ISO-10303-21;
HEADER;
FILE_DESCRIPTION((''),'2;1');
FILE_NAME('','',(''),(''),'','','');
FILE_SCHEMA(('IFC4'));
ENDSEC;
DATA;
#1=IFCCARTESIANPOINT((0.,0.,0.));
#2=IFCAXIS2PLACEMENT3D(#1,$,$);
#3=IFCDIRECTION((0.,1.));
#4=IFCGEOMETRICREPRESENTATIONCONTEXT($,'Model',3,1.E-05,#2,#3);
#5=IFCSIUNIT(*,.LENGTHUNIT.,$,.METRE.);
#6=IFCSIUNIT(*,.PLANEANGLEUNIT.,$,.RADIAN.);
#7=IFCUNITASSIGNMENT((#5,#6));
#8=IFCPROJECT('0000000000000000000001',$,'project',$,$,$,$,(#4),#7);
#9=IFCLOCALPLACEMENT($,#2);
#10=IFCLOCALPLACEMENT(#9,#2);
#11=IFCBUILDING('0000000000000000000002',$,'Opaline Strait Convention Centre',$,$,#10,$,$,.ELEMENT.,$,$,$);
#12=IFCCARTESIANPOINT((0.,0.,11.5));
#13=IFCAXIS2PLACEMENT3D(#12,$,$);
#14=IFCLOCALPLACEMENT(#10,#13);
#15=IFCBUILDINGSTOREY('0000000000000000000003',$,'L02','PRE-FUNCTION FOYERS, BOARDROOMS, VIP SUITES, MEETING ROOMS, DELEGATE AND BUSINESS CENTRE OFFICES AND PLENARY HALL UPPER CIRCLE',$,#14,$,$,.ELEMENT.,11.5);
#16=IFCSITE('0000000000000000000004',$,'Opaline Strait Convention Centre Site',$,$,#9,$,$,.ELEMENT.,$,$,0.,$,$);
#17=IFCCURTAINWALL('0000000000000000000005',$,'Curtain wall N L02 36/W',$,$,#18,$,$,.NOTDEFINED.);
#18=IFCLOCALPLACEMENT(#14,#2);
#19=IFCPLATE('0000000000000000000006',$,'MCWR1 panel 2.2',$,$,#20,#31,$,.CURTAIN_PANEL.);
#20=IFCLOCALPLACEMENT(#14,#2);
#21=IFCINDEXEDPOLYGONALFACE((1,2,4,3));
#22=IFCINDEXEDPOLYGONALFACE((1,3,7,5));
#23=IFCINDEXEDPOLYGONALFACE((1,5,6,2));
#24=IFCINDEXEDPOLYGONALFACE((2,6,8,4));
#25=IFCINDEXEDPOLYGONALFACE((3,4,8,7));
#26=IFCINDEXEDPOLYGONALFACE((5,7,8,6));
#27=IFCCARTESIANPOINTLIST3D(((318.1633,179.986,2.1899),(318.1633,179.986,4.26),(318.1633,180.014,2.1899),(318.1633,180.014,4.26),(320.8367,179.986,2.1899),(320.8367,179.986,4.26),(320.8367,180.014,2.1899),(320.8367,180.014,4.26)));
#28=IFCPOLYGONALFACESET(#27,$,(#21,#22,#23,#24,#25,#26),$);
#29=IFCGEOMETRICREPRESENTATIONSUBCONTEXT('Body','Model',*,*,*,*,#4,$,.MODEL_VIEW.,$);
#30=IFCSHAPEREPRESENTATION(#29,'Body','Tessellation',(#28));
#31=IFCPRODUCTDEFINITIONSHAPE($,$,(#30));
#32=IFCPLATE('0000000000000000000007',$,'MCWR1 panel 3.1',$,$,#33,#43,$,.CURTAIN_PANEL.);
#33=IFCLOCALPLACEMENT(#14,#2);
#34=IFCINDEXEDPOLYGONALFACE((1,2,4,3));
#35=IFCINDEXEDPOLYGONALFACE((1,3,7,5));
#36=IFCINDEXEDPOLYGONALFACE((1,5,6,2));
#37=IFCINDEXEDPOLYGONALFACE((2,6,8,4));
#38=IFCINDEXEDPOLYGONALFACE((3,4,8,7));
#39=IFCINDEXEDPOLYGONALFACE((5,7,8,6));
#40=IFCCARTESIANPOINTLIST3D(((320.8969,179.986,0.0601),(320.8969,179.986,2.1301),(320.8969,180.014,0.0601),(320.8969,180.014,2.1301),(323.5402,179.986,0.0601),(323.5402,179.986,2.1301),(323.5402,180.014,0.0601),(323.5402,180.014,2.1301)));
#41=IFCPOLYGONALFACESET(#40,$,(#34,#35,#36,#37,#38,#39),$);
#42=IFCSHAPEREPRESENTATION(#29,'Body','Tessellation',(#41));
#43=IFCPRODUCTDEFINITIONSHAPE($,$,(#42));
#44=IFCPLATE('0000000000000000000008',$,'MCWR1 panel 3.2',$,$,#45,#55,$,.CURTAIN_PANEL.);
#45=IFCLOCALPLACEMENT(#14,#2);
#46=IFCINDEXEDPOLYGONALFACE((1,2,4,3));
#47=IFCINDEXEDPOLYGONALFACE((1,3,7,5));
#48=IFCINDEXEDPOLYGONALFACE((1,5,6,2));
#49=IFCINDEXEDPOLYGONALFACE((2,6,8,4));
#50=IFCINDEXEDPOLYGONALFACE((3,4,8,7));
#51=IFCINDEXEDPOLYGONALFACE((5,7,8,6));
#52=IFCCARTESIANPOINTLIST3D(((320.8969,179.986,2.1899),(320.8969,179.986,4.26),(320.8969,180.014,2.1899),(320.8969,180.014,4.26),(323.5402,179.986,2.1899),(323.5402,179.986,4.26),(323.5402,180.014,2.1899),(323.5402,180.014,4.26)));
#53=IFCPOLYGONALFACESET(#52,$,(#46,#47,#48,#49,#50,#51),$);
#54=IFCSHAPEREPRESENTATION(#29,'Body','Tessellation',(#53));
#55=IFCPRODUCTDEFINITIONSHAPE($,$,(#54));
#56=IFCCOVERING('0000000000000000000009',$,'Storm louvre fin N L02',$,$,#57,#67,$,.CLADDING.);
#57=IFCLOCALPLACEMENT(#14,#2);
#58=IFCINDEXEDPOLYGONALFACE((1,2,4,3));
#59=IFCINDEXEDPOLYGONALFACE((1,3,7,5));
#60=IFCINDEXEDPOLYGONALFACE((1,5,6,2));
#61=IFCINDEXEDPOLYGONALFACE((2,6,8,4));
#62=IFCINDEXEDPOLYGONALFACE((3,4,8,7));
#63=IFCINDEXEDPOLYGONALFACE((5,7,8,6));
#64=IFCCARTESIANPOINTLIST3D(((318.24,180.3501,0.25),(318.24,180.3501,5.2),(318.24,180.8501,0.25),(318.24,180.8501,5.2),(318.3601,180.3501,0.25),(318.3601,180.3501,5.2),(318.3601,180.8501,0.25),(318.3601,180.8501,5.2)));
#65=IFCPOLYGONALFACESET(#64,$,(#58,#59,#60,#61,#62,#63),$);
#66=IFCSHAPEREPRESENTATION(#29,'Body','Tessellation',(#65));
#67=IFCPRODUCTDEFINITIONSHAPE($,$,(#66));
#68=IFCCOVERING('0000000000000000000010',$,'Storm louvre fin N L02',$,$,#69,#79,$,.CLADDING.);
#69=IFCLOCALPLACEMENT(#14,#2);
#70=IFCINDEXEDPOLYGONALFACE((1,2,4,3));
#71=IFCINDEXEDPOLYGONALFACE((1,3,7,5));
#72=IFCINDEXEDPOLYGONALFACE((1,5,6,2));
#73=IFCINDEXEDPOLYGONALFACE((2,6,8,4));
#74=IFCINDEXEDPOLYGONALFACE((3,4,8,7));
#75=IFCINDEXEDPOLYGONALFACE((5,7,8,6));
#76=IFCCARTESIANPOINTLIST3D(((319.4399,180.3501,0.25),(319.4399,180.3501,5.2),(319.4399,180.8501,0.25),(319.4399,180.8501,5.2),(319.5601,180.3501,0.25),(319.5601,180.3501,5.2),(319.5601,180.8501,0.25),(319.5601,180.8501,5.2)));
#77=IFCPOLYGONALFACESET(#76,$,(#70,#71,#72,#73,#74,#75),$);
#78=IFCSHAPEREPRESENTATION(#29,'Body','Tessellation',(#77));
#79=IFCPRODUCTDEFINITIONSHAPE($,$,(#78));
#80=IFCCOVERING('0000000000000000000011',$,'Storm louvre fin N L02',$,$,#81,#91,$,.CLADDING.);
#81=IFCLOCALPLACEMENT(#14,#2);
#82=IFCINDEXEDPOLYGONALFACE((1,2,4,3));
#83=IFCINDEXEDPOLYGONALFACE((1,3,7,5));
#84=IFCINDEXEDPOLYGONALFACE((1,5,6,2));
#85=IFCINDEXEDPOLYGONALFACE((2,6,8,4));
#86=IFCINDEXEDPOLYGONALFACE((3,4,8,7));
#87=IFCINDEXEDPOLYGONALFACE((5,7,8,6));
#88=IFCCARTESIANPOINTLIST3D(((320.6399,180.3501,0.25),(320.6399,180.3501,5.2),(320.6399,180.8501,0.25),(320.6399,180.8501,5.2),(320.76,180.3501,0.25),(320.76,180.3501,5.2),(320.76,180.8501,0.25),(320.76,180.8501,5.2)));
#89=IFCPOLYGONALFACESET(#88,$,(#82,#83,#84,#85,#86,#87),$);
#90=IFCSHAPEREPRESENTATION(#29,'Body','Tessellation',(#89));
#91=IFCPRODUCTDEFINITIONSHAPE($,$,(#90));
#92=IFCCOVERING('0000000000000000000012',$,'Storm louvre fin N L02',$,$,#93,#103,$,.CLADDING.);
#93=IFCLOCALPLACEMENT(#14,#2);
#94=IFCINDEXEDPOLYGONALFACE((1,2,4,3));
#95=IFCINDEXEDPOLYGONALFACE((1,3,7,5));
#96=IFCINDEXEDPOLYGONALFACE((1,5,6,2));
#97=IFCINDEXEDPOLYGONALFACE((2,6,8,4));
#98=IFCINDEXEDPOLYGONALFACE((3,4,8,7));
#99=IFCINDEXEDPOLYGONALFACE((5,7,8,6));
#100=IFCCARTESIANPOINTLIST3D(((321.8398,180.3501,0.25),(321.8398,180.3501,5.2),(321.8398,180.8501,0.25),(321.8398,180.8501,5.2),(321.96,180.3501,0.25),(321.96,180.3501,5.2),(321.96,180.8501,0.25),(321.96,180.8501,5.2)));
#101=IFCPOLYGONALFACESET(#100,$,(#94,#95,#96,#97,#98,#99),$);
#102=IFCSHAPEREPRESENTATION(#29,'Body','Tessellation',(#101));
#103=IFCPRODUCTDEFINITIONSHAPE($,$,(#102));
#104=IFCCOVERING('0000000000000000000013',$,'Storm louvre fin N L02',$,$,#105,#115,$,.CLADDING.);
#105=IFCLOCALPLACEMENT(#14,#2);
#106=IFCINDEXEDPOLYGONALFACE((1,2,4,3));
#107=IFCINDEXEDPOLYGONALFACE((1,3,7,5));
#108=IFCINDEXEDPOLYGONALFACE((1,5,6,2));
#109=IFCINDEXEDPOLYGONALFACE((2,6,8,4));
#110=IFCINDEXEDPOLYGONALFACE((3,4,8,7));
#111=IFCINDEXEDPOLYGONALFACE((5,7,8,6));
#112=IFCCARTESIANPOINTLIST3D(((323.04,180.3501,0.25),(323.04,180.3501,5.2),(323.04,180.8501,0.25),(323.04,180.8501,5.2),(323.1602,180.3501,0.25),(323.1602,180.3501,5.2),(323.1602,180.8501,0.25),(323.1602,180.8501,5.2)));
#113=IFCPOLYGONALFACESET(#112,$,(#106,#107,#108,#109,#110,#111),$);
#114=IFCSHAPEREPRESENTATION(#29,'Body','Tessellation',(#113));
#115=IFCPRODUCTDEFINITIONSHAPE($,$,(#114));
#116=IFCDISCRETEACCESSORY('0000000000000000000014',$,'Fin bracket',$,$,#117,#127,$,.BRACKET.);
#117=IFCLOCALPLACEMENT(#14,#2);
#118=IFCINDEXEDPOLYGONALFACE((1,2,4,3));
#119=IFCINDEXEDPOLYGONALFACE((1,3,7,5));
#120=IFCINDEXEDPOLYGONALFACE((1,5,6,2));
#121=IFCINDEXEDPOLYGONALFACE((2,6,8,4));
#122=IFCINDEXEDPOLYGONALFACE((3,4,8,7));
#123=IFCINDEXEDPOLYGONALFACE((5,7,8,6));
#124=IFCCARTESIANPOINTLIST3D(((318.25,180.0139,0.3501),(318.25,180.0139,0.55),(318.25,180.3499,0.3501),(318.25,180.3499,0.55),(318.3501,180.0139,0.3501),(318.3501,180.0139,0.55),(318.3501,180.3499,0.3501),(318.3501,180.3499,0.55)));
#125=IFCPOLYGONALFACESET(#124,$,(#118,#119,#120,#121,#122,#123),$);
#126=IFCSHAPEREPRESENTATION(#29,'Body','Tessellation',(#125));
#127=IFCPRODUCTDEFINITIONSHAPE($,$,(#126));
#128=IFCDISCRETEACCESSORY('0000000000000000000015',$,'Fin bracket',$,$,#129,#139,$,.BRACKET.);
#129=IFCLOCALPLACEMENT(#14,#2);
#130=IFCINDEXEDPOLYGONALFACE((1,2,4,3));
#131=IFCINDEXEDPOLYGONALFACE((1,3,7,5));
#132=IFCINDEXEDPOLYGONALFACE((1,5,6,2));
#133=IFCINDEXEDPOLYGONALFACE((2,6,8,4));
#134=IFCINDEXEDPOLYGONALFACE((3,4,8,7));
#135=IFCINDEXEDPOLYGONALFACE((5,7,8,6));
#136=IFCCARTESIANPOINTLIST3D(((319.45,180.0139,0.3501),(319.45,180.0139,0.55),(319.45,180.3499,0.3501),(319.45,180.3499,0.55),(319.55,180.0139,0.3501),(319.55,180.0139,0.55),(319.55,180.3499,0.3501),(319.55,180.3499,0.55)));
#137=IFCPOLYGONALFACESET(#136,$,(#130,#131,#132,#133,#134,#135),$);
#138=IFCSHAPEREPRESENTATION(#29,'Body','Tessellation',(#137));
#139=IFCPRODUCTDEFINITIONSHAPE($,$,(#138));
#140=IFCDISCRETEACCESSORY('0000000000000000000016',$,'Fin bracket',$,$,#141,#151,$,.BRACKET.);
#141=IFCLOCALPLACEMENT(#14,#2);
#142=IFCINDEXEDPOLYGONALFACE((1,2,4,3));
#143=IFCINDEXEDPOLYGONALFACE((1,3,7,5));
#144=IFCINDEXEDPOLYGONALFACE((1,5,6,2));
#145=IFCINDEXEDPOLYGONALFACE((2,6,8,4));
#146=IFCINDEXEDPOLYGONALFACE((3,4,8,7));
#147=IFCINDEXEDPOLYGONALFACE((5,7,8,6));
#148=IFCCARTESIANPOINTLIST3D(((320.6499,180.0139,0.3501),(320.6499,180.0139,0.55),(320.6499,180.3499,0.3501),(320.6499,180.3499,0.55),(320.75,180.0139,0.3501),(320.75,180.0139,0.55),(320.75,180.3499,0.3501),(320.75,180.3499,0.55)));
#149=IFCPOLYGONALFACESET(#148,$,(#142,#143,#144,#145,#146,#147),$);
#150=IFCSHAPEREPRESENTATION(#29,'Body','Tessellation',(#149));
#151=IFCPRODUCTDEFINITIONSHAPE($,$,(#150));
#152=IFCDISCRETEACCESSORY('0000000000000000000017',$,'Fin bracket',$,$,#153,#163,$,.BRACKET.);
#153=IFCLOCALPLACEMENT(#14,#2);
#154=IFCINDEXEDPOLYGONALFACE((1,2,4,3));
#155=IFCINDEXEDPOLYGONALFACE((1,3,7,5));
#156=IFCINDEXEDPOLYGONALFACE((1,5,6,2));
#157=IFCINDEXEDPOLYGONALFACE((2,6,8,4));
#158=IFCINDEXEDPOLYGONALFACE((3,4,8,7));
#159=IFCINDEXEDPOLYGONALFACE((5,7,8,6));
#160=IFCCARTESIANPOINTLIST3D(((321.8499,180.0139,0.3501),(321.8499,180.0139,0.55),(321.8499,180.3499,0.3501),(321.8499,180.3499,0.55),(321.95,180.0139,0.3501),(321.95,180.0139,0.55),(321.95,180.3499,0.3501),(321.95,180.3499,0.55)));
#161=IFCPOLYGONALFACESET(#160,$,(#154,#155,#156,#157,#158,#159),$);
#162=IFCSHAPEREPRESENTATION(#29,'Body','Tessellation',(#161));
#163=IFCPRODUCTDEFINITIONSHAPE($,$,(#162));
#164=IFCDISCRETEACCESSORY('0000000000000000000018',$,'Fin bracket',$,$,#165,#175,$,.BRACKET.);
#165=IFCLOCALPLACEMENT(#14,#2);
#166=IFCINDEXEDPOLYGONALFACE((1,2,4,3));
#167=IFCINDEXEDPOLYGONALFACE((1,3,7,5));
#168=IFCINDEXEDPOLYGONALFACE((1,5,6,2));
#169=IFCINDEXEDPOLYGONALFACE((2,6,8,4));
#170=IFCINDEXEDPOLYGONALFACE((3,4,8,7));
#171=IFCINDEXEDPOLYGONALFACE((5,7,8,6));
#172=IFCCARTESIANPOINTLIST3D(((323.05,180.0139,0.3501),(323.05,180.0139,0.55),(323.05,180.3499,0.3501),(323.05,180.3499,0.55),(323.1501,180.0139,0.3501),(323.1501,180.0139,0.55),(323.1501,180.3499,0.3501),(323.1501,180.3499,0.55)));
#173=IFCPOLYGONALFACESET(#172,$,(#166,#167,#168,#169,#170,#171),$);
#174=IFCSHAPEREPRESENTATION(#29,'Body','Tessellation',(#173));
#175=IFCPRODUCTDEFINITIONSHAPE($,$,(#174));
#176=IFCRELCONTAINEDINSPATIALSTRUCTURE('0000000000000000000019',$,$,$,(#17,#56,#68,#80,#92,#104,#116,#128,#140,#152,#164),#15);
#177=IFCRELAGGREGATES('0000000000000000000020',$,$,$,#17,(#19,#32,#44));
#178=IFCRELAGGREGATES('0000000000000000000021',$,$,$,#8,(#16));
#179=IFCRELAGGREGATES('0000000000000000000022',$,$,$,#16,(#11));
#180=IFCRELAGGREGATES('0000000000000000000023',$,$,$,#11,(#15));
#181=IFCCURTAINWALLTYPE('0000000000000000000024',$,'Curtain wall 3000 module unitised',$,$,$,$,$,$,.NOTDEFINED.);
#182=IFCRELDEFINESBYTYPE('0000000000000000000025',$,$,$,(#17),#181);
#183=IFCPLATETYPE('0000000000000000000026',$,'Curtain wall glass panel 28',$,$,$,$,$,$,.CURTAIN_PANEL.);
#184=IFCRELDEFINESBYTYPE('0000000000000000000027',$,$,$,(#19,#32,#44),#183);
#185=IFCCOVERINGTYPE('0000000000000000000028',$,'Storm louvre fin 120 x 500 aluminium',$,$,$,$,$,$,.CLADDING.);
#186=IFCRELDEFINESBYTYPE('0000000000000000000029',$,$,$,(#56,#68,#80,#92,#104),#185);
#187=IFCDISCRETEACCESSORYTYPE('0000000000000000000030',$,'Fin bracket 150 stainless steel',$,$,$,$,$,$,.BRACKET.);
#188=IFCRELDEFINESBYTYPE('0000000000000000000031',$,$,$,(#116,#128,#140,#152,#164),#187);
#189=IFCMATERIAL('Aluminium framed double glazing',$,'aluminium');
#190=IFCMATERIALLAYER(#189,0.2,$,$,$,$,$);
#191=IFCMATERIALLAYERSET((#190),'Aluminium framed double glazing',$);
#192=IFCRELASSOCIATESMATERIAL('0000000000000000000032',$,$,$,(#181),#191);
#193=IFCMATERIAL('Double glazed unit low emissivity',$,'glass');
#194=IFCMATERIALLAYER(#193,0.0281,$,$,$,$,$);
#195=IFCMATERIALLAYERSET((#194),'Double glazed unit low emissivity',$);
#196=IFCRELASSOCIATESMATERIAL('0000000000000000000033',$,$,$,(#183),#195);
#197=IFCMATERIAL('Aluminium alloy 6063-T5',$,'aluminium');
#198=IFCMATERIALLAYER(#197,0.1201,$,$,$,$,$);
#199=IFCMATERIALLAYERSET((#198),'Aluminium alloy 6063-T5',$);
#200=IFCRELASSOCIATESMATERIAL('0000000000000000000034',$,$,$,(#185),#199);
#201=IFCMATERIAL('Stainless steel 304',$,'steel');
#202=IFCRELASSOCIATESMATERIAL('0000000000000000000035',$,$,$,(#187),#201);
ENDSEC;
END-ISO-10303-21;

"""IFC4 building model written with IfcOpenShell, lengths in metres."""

from ifc_helpers import new_model, si_unit, direction, frame, origin, origin_2d, place, context, subcontext, project, spatial, rectangle, extrude, material, layer, layer_set, type_object, element, aggregate, save


model = new_model("IFC4")

# Units and contexts
model_context = context("Model", 3, precision=1e-05, world=origin(), true_north=direction((0.0, 1.0)))
body_context = subcontext(model_context, "Body", "Model", "MODEL_VIEW")
ifc_project = project(units=[si_unit("LENGTHUNIT", "METRE"), si_unit("PLANEANGLEUNIT", "RADIAN")], contexts=[model_context])

# Site, building, storey
site_placement = place(None, origin())
site = spatial("IfcSite", under=ifc_project, at=site_placement, Name="Opaline Strait Convention Centre Site", CompositionType="ELEMENT", RefElevation=0.0)
building_placement = place(site_placement, origin())
building = spatial("IfcBuilding", under=site, at=building_placement, Name="Opaline Strait Convention Centre", CompositionType="ELEMENT")
storey_placement = place(building_placement, frame((0.0, 0.0, 11.5)))
storey = spatial("IfcBuildingStorey", under=building, at=storey_placement, Name="L02", Description="PRE-FUNCTION FOYERS, BOARDROOMS, VIP SUITES, MEETING ROOMS, DELEGATE AND BUSINESS CENTRE OFFICES AND PLENARY HALL UPPER CIRCLE", CompositionType="ELEMENT", Elevation=11.5)

# Curtain wall
ifc_material_1 = material(Name="Aluminium framed double glazing", Category="aluminium")
ifc_layer_1 = layer(ifc_material_1, 0.2)
ifc_layer_set_1 = layer_set([ifc_layer_1], Name="Aluminium framed double glazing")
curtain_wall_type = type_object("IfcCurtainWallType", Name="Curtain wall 3000 module unitised", PredefinedType="NOTDEFINED", material=ifc_layer_set_1)
curtain_wall_1_placement = place(storey_placement, origin())
curtain_wall_1 = element("IfcCurtainWall", 1, at=curtain_wall_1_placement, inside=storey, type_object=curtain_wall_type, Name="Curtain wall N L02 36/W", PredefinedType="NOTDEFINED")

# Plates
ifc_material_2 = material(Name="Double glazed unit low emissivity", Category="glass")
ifc_layer_2 = layer(ifc_material_2, 0.0281)
ifc_layer_set_2 = layer_set([ifc_layer_2], Name="Double glazed unit low emissivity")
plate_type = type_object("IfcPlateType", Name="Curtain wall glass panel 28", PredefinedType="CURTAIN_PANEL", material=ifc_layer_set_2)
plate_1_placement = place(storey_placement, frame((319.5, 180.0, 2.1899), z_axis=(0.0, 0.0, 1.0), x_axis=(1.0, 0.0, 0.0)))
plate_1 = element("IfcPlate", 2, at=plate_1_placement, type_object=plate_type, Name="MCWR1 panel 2.2", PredefinedType="CURTAIN_PANEL", context=body_context, shape_type="SweptSolid", body=[
    extrude(rectangle(XDim=2.6733, YDim=0.0281, at=origin_2d()), origin(), (0.0, 0.0, 1.0), 2.0701),
])
plate_2_placement = place(storey_placement, frame((322.2185, 180.0, 0.0601), z_axis=(0.0, 0.0, 1.0), x_axis=(1.0, 0.0, 0.0)))
plate_2 = element("IfcPlate", 3, at=plate_2_placement, type_object=plate_type, Name="MCWR1 panel 3.1", PredefinedType="CURTAIN_PANEL", context=body_context, shape_type="SweptSolid", body=[
    extrude(rectangle(XDim=2.6433, YDim=0.0281, at=origin_2d()), origin(), (0.0, 0.0, 1.0), 2.0701),
])
plate_3_placement = place(storey_placement, frame((322.2185, 180.0, 2.1899), z_axis=(0.0, 0.0, 1.0), x_axis=(1.0, 0.0, 0.0)))
plate_3 = element("IfcPlate", 4, at=plate_3_placement, type_object=plate_type, Name="MCWR1 panel 3.2", PredefinedType="CURTAIN_PANEL", context=body_context, shape_type="SweptSolid", body=[
    extrude(rectangle(XDim=2.6433, YDim=0.0281, at=origin_2d()), origin(), (0.0, 0.0, 1.0), 2.0701),
])
aggregate(curtain_wall_1, [plate_1, plate_2, plate_3])

# Coverings
ifc_material_3 = material(Name="Aluminium alloy 6063-T5", Category="aluminium")
ifc_layer_3 = layer(ifc_material_3, 0.1201)
ifc_layer_set_3 = layer_set([ifc_layer_3], Name="Aluminium alloy 6063-T5")
covering_type = type_object("IfcCoveringType", Name="Storm louvre fin 120 x 500 aluminium", PredefinedType="CLADDING", material=ifc_layer_set_3)
for number, where, z_axis, x_axis, name in (
    (5, (318.3, 180.6001, 0.25), (0.0, 0.0, 1.0), (1.0, 0.0, 0.0), "Storm louvre fin N L02"),
    (6, (319.5, 180.6001, 0.25), (0.0, 0.0, 1.0), (1.0, 0.0, 0.0), "Storm louvre fin N L02"),
    (7, (320.7, 180.6001, 0.25), (0.0, 0.0, 1.0), (1.0, 0.0, 0.0), "Storm louvre fin N L02"),
    (8, (321.8999, 180.6001, 0.25), (0.0, 0.0, 1.0), (1.0, 0.0, 0.0), "Storm louvre fin N L02"),
    (9, (323.1001, 180.6001, 0.25), (0.0, 0.0, 1.0), (1.0, 0.0, 0.0), "Storm louvre fin N L02"),
):
    element("IfcCovering", number, at=place(storey_placement, frame(where, z_axis=z_axis, x_axis=x_axis)), inside=storey, type_object=covering_type, Name=name, PredefinedType="CLADDING", context=body_context, shape_type="SweptSolid", body=[
        extrude(rectangle(XDim=0.1201, YDim=0.5, at=origin_2d()), origin(), (0.0, 0.0, 1.0), 4.95),
    ])

# Discrete accessories
ifc_material_4 = material(Name="Stainless steel 304", Category="steel")
discrete_accessory_type = type_object("IfcDiscreteAccessoryType", Name="Fin bracket 150 stainless steel", PredefinedType="BRACKET", material=ifc_material_4)
for number, where, z_axis, x_axis, name in (
    (10, (318.3, 180.1819, 0.3501), (0.0, 0.0, 1.0), (1.0, 0.0, 0.0), "Fin bracket"),
    (11, (319.5, 180.1819, 0.3501), (0.0, 0.0, 1.0), (1.0, 0.0, 0.0), "Fin bracket"),
    (12, (320.7, 180.1819, 0.3501), (0.0, 0.0, 1.0), (1.0, 0.0, 0.0), "Fin bracket"),
    (13, (321.8999, 180.1819, 0.3501), (0.0, 0.0, 1.0), (1.0, 0.0, 0.0), "Fin bracket"),
    (14, (323.1001, 180.1819, 0.3501), (0.0, 0.0, 1.0), (1.0, 0.0, 0.0), "Fin bracket"),
):
    element("IfcDiscreteAccessory", number, at=place(storey_placement, frame(where, z_axis=z_axis, x_axis=x_axis)), inside=storey, type_object=discrete_accessory_type, Name=name, PredefinedType="BRACKET", context=body_context, shape_type="SweptSolid", body=[
        extrude(rectangle(XDim=0.1001, YDim=0.3359, at=origin_2d()), origin(), (0.0, 0.0, 1.0), 0.2),
    ])

save(model, "model.ifc")
